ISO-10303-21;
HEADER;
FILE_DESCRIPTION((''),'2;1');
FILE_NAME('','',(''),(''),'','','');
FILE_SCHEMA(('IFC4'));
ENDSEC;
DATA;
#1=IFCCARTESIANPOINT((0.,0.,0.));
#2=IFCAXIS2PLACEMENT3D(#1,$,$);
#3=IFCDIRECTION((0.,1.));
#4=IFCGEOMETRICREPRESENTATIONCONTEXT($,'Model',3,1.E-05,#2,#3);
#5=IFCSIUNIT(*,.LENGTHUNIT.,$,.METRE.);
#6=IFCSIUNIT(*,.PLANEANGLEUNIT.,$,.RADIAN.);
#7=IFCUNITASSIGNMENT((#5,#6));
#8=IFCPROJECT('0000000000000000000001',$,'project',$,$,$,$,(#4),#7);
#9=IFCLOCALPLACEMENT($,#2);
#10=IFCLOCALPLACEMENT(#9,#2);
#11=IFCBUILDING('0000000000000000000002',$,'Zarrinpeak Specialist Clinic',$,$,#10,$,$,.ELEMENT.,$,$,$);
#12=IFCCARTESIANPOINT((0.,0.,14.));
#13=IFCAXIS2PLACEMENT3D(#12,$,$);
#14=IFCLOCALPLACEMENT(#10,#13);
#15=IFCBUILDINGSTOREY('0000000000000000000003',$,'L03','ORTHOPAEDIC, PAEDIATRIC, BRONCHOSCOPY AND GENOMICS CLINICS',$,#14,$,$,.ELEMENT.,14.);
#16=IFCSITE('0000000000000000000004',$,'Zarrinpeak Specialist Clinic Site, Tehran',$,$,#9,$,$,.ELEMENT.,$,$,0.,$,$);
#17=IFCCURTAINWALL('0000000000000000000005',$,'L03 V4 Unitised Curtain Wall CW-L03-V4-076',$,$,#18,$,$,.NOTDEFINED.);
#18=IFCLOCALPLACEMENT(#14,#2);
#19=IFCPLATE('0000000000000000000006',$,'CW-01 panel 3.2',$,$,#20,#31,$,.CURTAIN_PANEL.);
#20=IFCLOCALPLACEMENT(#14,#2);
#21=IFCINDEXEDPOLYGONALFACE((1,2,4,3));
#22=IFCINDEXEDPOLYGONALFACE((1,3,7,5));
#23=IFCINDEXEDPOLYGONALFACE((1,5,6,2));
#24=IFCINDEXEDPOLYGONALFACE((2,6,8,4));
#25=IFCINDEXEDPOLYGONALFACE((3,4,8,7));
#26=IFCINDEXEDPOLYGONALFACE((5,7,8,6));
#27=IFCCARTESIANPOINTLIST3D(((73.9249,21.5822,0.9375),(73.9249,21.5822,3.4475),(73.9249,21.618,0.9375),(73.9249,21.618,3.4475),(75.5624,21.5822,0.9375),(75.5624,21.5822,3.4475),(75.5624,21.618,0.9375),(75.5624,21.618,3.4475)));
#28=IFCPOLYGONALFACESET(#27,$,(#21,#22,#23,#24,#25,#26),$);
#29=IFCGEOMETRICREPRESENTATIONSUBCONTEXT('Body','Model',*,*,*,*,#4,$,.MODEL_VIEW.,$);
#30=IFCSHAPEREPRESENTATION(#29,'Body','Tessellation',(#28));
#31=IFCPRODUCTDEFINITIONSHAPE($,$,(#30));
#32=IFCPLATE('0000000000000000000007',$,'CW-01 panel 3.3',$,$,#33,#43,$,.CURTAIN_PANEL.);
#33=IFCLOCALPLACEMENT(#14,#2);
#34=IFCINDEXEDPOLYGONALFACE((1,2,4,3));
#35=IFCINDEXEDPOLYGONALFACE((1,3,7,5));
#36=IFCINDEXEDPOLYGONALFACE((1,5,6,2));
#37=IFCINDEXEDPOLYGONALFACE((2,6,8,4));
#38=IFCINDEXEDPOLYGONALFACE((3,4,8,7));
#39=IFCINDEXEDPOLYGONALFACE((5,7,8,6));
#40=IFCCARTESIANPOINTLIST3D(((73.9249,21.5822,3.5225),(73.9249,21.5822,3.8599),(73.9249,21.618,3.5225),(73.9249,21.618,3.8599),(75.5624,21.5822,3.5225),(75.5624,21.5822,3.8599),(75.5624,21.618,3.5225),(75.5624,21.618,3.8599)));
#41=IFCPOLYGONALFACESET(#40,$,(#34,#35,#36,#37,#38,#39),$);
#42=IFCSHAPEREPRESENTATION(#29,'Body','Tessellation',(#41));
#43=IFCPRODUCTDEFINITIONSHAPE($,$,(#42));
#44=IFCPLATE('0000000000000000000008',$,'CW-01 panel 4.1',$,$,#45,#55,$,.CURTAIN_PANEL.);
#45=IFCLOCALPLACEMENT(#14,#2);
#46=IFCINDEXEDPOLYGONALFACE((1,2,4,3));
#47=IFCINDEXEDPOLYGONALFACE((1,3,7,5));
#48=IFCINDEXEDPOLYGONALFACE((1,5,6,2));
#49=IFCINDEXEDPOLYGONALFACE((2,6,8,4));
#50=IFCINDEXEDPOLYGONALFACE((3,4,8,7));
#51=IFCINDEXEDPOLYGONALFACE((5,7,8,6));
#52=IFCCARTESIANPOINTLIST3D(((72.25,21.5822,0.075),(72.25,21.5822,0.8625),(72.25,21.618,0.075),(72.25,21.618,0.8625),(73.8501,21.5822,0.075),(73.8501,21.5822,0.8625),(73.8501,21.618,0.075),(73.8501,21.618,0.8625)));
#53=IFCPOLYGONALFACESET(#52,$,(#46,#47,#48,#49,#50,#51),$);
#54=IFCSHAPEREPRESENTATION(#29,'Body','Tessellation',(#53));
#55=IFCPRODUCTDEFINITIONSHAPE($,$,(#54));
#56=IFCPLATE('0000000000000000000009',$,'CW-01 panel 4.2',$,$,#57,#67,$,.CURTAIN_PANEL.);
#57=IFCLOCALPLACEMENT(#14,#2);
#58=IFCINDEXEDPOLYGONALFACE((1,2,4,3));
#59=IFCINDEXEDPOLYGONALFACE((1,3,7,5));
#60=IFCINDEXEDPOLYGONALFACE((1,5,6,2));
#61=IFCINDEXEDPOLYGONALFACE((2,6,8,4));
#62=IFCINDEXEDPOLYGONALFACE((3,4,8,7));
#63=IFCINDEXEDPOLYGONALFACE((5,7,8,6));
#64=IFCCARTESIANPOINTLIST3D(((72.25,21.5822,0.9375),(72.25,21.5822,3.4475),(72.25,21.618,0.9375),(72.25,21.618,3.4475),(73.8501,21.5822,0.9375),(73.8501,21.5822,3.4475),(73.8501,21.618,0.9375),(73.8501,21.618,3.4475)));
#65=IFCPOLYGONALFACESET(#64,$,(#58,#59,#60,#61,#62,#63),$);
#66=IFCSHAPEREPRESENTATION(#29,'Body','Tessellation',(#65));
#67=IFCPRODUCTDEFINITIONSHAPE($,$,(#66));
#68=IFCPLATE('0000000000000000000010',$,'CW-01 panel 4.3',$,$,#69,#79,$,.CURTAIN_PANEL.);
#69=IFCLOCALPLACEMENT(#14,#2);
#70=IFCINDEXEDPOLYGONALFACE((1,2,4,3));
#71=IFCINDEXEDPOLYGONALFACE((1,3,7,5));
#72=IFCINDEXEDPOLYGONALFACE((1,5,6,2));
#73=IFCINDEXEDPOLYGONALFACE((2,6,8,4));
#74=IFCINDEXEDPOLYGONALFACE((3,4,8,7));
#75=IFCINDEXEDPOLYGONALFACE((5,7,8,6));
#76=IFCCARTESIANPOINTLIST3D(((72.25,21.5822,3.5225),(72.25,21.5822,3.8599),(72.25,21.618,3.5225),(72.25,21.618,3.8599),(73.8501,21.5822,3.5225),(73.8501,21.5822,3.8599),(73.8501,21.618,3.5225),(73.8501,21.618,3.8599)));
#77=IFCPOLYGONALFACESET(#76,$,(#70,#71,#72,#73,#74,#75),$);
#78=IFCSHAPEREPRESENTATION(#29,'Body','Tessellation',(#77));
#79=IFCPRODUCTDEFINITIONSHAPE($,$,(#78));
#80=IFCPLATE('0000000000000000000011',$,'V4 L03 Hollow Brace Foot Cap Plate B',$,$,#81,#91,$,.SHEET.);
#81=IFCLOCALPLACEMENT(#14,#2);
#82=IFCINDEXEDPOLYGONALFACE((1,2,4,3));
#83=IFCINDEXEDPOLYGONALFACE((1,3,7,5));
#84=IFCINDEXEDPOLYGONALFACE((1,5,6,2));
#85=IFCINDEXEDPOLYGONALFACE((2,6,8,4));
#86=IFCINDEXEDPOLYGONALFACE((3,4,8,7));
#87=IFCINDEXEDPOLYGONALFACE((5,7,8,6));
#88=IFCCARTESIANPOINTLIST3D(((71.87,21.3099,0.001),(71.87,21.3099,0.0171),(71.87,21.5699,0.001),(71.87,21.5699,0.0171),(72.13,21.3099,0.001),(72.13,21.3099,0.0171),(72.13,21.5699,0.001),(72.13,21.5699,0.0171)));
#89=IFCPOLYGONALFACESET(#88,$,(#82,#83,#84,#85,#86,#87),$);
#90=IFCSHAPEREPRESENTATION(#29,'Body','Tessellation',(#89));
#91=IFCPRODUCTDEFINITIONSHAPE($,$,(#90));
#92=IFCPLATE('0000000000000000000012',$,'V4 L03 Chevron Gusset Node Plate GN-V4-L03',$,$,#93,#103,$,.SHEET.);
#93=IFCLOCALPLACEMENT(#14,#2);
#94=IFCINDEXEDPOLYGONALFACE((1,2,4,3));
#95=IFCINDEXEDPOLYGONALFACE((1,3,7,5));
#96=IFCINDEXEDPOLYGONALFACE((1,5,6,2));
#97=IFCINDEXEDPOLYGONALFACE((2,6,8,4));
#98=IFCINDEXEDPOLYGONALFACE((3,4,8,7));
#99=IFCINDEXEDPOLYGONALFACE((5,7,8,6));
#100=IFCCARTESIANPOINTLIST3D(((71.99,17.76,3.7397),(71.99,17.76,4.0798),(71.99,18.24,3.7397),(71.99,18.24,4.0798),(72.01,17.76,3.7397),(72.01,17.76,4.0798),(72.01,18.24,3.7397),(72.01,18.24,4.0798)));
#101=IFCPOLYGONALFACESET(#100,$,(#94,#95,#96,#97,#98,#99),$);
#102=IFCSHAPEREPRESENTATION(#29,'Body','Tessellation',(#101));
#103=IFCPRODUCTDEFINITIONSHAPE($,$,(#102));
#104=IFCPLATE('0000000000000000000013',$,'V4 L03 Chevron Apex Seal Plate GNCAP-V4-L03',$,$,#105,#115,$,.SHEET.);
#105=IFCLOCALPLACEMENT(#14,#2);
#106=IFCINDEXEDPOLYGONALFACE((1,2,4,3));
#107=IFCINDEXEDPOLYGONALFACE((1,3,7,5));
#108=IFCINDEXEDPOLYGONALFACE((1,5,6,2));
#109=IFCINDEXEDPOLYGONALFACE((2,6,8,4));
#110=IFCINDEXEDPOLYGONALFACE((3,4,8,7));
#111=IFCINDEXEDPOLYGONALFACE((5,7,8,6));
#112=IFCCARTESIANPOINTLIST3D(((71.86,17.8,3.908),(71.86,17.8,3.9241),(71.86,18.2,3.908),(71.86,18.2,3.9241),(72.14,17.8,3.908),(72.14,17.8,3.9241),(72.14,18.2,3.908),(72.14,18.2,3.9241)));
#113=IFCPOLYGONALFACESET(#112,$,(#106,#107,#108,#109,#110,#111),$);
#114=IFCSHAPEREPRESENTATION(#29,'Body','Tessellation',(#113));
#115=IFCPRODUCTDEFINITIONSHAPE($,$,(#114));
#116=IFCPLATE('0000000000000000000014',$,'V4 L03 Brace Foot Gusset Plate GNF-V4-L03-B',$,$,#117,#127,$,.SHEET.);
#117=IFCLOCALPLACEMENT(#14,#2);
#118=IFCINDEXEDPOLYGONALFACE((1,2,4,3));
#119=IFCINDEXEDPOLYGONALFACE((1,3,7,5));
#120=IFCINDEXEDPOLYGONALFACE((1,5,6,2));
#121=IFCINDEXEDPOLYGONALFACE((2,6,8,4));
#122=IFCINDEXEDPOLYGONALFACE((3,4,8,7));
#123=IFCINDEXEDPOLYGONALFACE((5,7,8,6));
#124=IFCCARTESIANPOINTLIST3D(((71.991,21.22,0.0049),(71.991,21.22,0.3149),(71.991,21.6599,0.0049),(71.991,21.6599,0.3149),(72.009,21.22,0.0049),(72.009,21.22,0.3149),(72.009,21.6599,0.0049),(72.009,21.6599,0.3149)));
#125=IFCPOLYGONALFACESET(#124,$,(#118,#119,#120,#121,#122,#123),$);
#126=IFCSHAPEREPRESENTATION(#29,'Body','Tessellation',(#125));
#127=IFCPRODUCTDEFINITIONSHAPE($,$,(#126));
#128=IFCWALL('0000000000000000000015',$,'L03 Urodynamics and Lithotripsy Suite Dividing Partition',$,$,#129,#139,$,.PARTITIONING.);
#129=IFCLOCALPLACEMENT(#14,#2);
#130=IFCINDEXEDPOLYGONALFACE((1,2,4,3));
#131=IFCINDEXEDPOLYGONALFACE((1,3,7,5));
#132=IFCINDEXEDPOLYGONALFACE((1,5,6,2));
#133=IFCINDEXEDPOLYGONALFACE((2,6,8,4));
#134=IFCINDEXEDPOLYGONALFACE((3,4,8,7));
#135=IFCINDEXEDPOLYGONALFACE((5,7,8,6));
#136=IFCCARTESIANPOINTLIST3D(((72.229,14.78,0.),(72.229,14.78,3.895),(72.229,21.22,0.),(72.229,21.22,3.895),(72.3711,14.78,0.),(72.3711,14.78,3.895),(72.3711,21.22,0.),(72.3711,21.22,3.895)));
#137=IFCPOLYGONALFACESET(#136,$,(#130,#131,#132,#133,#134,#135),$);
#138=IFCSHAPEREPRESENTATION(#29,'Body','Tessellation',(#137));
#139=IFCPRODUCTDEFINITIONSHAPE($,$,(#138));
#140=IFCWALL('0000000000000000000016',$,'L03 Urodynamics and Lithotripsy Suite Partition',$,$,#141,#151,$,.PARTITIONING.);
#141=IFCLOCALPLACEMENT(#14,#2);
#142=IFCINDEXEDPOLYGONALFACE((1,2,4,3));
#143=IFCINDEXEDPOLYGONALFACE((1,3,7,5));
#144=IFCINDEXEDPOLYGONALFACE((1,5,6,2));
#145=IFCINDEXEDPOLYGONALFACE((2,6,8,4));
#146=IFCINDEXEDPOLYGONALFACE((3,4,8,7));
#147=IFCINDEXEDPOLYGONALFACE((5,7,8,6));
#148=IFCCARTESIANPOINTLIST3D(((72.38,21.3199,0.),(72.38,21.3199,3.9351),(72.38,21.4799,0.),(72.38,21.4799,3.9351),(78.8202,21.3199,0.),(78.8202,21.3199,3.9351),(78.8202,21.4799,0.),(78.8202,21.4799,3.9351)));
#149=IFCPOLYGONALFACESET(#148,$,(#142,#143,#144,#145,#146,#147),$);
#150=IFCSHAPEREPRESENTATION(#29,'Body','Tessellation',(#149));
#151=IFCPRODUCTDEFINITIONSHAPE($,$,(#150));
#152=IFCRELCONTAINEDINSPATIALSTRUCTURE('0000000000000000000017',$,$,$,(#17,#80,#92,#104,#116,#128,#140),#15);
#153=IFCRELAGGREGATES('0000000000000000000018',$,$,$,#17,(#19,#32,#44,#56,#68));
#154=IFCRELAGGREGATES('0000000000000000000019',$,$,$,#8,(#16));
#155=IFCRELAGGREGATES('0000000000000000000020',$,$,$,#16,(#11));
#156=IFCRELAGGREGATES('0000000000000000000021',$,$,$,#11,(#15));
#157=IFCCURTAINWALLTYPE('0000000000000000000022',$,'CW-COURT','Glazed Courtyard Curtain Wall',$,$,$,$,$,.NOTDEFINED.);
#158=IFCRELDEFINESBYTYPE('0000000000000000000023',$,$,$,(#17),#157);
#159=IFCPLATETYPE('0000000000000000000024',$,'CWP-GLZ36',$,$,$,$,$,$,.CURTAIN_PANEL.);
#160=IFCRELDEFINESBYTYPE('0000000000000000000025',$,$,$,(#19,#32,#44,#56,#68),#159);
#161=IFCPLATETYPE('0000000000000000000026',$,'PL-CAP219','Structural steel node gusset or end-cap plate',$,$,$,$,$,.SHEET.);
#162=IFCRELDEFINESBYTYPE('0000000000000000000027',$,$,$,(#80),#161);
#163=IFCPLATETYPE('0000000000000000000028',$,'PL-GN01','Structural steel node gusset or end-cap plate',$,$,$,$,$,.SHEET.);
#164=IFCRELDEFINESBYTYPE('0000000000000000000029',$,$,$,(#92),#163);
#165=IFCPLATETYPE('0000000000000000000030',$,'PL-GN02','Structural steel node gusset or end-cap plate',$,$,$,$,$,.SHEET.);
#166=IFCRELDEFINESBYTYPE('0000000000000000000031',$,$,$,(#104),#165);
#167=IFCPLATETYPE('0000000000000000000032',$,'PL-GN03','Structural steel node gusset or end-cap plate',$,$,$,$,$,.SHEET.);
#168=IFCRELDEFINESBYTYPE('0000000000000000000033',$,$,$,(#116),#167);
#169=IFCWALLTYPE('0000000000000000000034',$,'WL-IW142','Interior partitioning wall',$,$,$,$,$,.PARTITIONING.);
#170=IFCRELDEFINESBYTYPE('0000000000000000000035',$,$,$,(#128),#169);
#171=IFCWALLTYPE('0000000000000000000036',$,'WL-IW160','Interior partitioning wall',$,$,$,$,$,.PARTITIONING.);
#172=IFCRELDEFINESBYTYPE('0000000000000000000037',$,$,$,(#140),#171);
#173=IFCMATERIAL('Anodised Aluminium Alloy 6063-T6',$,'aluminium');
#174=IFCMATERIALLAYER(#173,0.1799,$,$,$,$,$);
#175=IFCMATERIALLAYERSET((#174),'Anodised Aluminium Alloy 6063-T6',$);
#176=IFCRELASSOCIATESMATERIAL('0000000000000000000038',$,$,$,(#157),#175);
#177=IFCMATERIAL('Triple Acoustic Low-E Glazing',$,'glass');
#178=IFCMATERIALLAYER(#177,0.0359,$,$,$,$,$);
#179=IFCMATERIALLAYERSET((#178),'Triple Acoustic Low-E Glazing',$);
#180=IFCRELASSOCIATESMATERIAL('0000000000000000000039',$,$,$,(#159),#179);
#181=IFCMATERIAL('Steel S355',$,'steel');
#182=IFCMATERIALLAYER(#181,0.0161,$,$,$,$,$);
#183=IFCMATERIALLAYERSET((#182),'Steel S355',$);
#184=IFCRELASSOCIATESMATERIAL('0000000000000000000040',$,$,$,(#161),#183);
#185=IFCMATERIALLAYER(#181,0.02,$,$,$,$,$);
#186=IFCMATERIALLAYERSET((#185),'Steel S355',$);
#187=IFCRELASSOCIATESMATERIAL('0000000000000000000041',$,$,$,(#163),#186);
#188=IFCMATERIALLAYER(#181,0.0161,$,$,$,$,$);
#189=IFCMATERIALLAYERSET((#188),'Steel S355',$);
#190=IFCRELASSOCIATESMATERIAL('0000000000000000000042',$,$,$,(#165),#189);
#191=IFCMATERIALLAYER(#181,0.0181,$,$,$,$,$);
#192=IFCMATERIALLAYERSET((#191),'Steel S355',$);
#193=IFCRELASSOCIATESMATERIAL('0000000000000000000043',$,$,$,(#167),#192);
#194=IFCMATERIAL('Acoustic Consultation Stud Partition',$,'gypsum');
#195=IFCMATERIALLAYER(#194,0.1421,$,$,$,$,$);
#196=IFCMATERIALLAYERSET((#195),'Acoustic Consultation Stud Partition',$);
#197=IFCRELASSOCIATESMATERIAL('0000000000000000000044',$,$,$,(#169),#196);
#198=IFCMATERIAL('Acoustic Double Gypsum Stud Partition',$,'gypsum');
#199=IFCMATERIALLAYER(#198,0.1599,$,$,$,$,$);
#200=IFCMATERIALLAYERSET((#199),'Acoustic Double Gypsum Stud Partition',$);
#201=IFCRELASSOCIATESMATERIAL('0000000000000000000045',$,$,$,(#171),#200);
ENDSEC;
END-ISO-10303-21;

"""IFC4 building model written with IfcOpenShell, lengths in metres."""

from ifc_helpers import new_model, si_unit, direction, frame, frame_2d, origin, origin_2d, place, context, subcontext, project, spatial, rectangle, extrude, material, layer, layer_set, type_object, element, aggregate, save


model = new_model("IFC4")

# Units and contexts
model_context = context("Model", 3, precision=1e-05, world=origin(), true_north=direction((0.0, 1.0)))
body_context = subcontext(model_context, "Body", "Model", "MODEL_VIEW")
ifc_project = project(units=[si_unit("LENGTHUNIT", "METRE"), si_unit("PLANEANGLEUNIT", "RADIAN")], contexts=[model_context])

# Site, building, storey
site_placement = place(None, origin())
site = spatial("IfcSite", under=ifc_project, at=site_placement, Name="Zarrinpeak Specialist Clinic Site, Tehran", CompositionType="ELEMENT", RefElevation=0.0)
building_placement = place(site_placement, origin())
building = spatial("IfcBuilding", under=site, at=building_placement, Name="Zarrinpeak Specialist Clinic", CompositionType="ELEMENT")
storey_placement = place(building_placement, frame((0.0, 0.0, 14.0)))
storey = spatial("IfcBuildingStorey", under=building, at=storey_placement, Name="L03", Description="ORTHOPAEDIC, PAEDIATRIC, BRONCHOSCOPY AND GENOMICS CLINICS", CompositionType="ELEMENT", Elevation=14.0)

# Shared definitions
ifc_material_1 = material(Name="Steel S355", Category="steel")

# Curtain wall
ifc_material_2 = material(Name="Anodised Aluminium Alloy 6063-T6", Category="aluminium")
ifc_layer_1 = layer(ifc_material_2, 0.1799)
ifc_layer_set_1 = layer_set([ifc_layer_1], Name="Anodised Aluminium Alloy 6063-T6")
curtain_wall_type = type_object("IfcCurtainWallType", Name="CW-COURT", Description="Glazed Courtyard Curtain Wall", PredefinedType="NOTDEFINED", material=ifc_layer_set_1)
curtain_wall_placement = place(storey_placement, origin())
curtain_wall = element("IfcCurtainWall", 1, at=curtain_wall_placement, inside=storey, type_object=curtain_wall_type, Name="L03 V4 Unitised Curtain Wall CW-L03-V4-076", PredefinedType="NOTDEFINED")

# Plates
ifc_material_3 = material(Name="Triple Acoustic Low-E Glazing", Category="glass")
ifc_layer_2 = layer(ifc_material_3, 0.0359)
ifc_layer_set_2 = layer_set([ifc_layer_2], Name="Triple Acoustic Low-E Glazing")
plate_type_1 = type_object("IfcPlateType", Name="CWP-GLZ36", PredefinedType="CURTAIN_PANEL", material=ifc_layer_set_2)
plate_1_placement = place(storey_placement, frame((74.7437, 21.6001, 0.9375), z_axis=(0.0, 0.0, 1.0), x_axis=(-1.0, 0.0, 0.0)))
plate_1 = element("IfcPlate", 2, at=plate_1_placement, type_object=plate_type_1, Name="CW-01 panel 3.2", PredefinedType="CURTAIN_PANEL", context=body_context, shape_type="SweptSolid", body=[
    extrude(rectangle(XDim=1.6375, YDim=0.0359, at=origin_2d()), origin(), (0.0, 0.0, 1.0), 2.51),
])
plate_2_placement = place(storey_placement, frame((74.7437, 21.6001, 3.5225), z_axis=(0.0, 0.0, 1.0), x_axis=(-1.0, 0.0, 0.0)))
plate_2 = element("IfcPlate", 3, at=plate_2_placement, type_object=plate_type_1, Name="CW-01 panel 3.3", PredefinedType="CURTAIN_PANEL", context=body_context, shape_type="SweptSolid", body=[
    extrude(rectangle(XDim=1.6375, YDim=0.0359, at=origin_2d()), origin(), (0.0, 0.0, 1.0), 0.3374),
])
plate_3_placement = place(storey_placement, frame((73.05, 21.6001, 0.075), z_axis=(0.0, 0.0, 1.0), x_axis=(-1.0, 0.0, 0.0)))
plate_3 = element("IfcPlate", 4, at=plate_3_placement, type_object=plate_type_1, Name="CW-01 panel 4.1", PredefinedType="CURTAIN_PANEL", context=body_context, shape_type="SweptSolid", body=[
    extrude(rectangle(XDim=1.6001, YDim=0.0359, at=origin_2d()), origin(), (0.0, 0.0, 1.0), 0.7876),
])
plate_4_placement = place(storey_placement, frame((73.05, 21.6001, 0.9375), z_axis=(0.0, 0.0, 1.0), x_axis=(-1.0, 0.0, 0.0)))
plate_4 = element("IfcPlate", 5, at=plate_4_placement, type_object=plate_type_1, Name="CW-01 panel 4.2", PredefinedType="CURTAIN_PANEL", context=body_context, shape_type="SweptSolid", body=[
    extrude(rectangle(XDim=1.6001, YDim=0.0359, at=origin_2d()), origin(), (0.0, 0.0, 1.0), 2.51),
])
plate_5_placement = place(storey_placement, frame((73.05, 21.6001, 3.5225), z_axis=(0.0, 0.0, 1.0), x_axis=(-1.0, 0.0, 0.0)))
plate_5 = element("IfcPlate", 6, at=plate_5_placement, type_object=plate_type_1, Name="CW-01 panel 4.3", PredefinedType="CURTAIN_PANEL", context=body_context, shape_type="SweptSolid", body=[
    extrude(rectangle(XDim=1.6001, YDim=0.0359, at=origin_2d()), origin(), (0.0, 0.0, 1.0), 0.3374),
])
aggregate(curtain_wall, [plate_1, plate_2, plate_3, plate_4, plate_5])

# Plates
ifc_layer_3 = layer(ifc_material_1, 0.0161)
ifc_layer_set_3 = layer_set([ifc_layer_3], Name="Steel S355")
plate_type_2 = type_object("IfcPlateType", Name="PL-CAP219", Description="Structural steel node gusset or end-cap plate", PredefinedType="SHEET", material=ifc_layer_set_3)
plate_6_placement = place(storey_placement, frame((72.0, 21.4399, 0.001), z_axis=(0.0, 0.0, 1.0), x_axis=(1.0, 0.0, 0.0)))
element("IfcPlate", 7, at=plate_6_placement, inside=storey, type_object=plate_type_2, Name="V4 L03 Hollow Brace Foot Cap Plate B", PredefinedType="SHEET", context=body_context, shape_type="SweptSolid", body=[
    extrude(rectangle(XDim=0.26, YDim=0.26, at=origin_2d()), origin(), (0.0, 0.0, 1.0), 0.0161),
])
ifc_layer_4 = layer(ifc_material_1, 0.02)
ifc_layer_set_4 = layer_set([ifc_layer_4], Name="Steel S355")
plate_type_3 = type_object("IfcPlateType", Name="PL-GN01", Description="Structural steel node gusset or end-cap plate", PredefinedType="SHEET", material=ifc_layer_set_4)
plate_7_placement = place(storey_placement, frame((72.0, 18.0, 3.7397), z_axis=(0.0, 0.0, 1.0), x_axis=(1.0, 0.0, 0.0)))
element("IfcPlate", 8, at=plate_7_placement, inside=storey, type_object=plate_type_3, Name="V4 L03 Chevron Gusset Node Plate GN-V4-L03", PredefinedType="SHEET", context=body_context, shape_type="SweptSolid", body=[
    extrude(rectangle(XDim=0.02, YDim=0.48, at=origin_2d()), origin(), (0.0, 0.0, 1.0), 0.3401),
])
ifc_layer_5 = layer(ifc_material_1, 0.0161)
ifc_layer_set_5 = layer_set([ifc_layer_5], Name="Steel S355")
plate_type_4 = type_object("IfcPlateType", Name="PL-GN02", Description="Structural steel node gusset or end-cap plate", PredefinedType="SHEET", material=ifc_layer_set_5)
plate_8_placement = place(storey_placement, frame((72.0, 18.0, 3.908), z_axis=(0.0, 0.0, 1.0), x_axis=(1.0, 0.0, 0.0)))
element("IfcPlate", 9, at=plate_8_placement, inside=storey, type_object=plate_type_4, Name="V4 L03 Chevron Apex Seal Plate GNCAP-V4-L03", PredefinedType="SHEET", context=body_context, shape_type="SweptSolid", body=[
    extrude(rectangle(XDim=0.28, YDim=0.3999, at=origin_2d()), origin(), (0.0, 0.0, 1.0), 0.0161),
])
ifc_layer_6 = layer(ifc_material_1, 0.0181)
ifc_layer_set_6 = layer_set([ifc_layer_6], Name="Steel S355")
plate_type_5 = type_object("IfcPlateType", Name="PL-GN03", Description="Structural steel node gusset or end-cap plate", PredefinedType="SHEET", material=ifc_layer_set_6)
plate_9_placement = place(storey_placement, frame((72.0, 21.4399, 0.0049), z_axis=(0.0, 0.0, 1.0), x_axis=(1.0, 0.0, 0.0)))
element("IfcPlate", 10, at=plate_9_placement, inside=storey, type_object=plate_type_5, Name="V4 L03 Brace Foot Gusset Plate GNF-V4-L03-B", PredefinedType="SHEET", context=body_context, shape_type="SweptSolid", body=[
    extrude(rectangle(XDim=0.0181, YDim=0.4399, at=origin_2d()), origin(), (0.0, 0.0, 1.0), 0.3101),
])

# Walls
ifc_material_4 = material(Name="Acoustic Consultation Stud Partition", Category="gypsum")
ifc_layer_7 = layer(ifc_material_4, 0.1421)
ifc_layer_set_7 = layer_set([ifc_layer_7], Name="Acoustic Consultation Stud Partition")
wall_type_1 = type_object("IfcWallType", Name="WL-IW142", Description="Interior partitioning wall", PredefinedType="PARTITIONING", material=ifc_layer_set_7)
wall_1_placement = place(storey_placement, frame((72.3, 14.78, 0.0), z_axis=(0.0, 0.0, 1.0), x_axis=(0.0, 1.0, 0.0)))
element("IfcWall", 11, at=wall_1_placement, inside=storey, type_object=wall_type_1, Name="L03 Urodynamics and Lithotripsy Suite Dividing Partition", PredefinedType="PARTITIONING", context=body_context, shape_type="SweptSolid", body=[
    extrude(rectangle(XDim=6.4399, YDim=0.1421, at=frame_2d((3.22, 0.0))), origin(), (0.0, 0.0, 1.0), 3.895),
])
ifc_material_5 = material(Name="Acoustic Double Gypsum Stud Partition", Category="gypsum")
ifc_layer_8 = layer(ifc_material_5, 0.1599)
ifc_layer_set_8 = layer_set([ifc_layer_8], Name="Acoustic Double Gypsum Stud Partition")
wall_type_2 = type_object("IfcWallType", Name="WL-IW160", Description="Interior partitioning wall", PredefinedType="PARTITIONING", material=ifc_layer_set_8)
wall_2_placement = place(storey_placement, frame((72.3799, 21.3999, 0.0), z_axis=(0.0, 0.0, 1.0), x_axis=(1.0, 0.0, 0.0)))
element("IfcWall", 12, at=wall_2_placement, inside=storey, type_object=wall_type_2, Name="L03 Urodynamics and Lithotripsy Suite Partition", PredefinedType="PARTITIONING", context=body_context, shape_type="SweptSolid", body=[
    extrude(rectangle(XDim=6.4402, YDim=0.1599, at=frame_2d((3.2202, 0.0))), origin(), (0.0, 0.0, 1.0), 3.9351),
])

save(model, "model.ifc")
